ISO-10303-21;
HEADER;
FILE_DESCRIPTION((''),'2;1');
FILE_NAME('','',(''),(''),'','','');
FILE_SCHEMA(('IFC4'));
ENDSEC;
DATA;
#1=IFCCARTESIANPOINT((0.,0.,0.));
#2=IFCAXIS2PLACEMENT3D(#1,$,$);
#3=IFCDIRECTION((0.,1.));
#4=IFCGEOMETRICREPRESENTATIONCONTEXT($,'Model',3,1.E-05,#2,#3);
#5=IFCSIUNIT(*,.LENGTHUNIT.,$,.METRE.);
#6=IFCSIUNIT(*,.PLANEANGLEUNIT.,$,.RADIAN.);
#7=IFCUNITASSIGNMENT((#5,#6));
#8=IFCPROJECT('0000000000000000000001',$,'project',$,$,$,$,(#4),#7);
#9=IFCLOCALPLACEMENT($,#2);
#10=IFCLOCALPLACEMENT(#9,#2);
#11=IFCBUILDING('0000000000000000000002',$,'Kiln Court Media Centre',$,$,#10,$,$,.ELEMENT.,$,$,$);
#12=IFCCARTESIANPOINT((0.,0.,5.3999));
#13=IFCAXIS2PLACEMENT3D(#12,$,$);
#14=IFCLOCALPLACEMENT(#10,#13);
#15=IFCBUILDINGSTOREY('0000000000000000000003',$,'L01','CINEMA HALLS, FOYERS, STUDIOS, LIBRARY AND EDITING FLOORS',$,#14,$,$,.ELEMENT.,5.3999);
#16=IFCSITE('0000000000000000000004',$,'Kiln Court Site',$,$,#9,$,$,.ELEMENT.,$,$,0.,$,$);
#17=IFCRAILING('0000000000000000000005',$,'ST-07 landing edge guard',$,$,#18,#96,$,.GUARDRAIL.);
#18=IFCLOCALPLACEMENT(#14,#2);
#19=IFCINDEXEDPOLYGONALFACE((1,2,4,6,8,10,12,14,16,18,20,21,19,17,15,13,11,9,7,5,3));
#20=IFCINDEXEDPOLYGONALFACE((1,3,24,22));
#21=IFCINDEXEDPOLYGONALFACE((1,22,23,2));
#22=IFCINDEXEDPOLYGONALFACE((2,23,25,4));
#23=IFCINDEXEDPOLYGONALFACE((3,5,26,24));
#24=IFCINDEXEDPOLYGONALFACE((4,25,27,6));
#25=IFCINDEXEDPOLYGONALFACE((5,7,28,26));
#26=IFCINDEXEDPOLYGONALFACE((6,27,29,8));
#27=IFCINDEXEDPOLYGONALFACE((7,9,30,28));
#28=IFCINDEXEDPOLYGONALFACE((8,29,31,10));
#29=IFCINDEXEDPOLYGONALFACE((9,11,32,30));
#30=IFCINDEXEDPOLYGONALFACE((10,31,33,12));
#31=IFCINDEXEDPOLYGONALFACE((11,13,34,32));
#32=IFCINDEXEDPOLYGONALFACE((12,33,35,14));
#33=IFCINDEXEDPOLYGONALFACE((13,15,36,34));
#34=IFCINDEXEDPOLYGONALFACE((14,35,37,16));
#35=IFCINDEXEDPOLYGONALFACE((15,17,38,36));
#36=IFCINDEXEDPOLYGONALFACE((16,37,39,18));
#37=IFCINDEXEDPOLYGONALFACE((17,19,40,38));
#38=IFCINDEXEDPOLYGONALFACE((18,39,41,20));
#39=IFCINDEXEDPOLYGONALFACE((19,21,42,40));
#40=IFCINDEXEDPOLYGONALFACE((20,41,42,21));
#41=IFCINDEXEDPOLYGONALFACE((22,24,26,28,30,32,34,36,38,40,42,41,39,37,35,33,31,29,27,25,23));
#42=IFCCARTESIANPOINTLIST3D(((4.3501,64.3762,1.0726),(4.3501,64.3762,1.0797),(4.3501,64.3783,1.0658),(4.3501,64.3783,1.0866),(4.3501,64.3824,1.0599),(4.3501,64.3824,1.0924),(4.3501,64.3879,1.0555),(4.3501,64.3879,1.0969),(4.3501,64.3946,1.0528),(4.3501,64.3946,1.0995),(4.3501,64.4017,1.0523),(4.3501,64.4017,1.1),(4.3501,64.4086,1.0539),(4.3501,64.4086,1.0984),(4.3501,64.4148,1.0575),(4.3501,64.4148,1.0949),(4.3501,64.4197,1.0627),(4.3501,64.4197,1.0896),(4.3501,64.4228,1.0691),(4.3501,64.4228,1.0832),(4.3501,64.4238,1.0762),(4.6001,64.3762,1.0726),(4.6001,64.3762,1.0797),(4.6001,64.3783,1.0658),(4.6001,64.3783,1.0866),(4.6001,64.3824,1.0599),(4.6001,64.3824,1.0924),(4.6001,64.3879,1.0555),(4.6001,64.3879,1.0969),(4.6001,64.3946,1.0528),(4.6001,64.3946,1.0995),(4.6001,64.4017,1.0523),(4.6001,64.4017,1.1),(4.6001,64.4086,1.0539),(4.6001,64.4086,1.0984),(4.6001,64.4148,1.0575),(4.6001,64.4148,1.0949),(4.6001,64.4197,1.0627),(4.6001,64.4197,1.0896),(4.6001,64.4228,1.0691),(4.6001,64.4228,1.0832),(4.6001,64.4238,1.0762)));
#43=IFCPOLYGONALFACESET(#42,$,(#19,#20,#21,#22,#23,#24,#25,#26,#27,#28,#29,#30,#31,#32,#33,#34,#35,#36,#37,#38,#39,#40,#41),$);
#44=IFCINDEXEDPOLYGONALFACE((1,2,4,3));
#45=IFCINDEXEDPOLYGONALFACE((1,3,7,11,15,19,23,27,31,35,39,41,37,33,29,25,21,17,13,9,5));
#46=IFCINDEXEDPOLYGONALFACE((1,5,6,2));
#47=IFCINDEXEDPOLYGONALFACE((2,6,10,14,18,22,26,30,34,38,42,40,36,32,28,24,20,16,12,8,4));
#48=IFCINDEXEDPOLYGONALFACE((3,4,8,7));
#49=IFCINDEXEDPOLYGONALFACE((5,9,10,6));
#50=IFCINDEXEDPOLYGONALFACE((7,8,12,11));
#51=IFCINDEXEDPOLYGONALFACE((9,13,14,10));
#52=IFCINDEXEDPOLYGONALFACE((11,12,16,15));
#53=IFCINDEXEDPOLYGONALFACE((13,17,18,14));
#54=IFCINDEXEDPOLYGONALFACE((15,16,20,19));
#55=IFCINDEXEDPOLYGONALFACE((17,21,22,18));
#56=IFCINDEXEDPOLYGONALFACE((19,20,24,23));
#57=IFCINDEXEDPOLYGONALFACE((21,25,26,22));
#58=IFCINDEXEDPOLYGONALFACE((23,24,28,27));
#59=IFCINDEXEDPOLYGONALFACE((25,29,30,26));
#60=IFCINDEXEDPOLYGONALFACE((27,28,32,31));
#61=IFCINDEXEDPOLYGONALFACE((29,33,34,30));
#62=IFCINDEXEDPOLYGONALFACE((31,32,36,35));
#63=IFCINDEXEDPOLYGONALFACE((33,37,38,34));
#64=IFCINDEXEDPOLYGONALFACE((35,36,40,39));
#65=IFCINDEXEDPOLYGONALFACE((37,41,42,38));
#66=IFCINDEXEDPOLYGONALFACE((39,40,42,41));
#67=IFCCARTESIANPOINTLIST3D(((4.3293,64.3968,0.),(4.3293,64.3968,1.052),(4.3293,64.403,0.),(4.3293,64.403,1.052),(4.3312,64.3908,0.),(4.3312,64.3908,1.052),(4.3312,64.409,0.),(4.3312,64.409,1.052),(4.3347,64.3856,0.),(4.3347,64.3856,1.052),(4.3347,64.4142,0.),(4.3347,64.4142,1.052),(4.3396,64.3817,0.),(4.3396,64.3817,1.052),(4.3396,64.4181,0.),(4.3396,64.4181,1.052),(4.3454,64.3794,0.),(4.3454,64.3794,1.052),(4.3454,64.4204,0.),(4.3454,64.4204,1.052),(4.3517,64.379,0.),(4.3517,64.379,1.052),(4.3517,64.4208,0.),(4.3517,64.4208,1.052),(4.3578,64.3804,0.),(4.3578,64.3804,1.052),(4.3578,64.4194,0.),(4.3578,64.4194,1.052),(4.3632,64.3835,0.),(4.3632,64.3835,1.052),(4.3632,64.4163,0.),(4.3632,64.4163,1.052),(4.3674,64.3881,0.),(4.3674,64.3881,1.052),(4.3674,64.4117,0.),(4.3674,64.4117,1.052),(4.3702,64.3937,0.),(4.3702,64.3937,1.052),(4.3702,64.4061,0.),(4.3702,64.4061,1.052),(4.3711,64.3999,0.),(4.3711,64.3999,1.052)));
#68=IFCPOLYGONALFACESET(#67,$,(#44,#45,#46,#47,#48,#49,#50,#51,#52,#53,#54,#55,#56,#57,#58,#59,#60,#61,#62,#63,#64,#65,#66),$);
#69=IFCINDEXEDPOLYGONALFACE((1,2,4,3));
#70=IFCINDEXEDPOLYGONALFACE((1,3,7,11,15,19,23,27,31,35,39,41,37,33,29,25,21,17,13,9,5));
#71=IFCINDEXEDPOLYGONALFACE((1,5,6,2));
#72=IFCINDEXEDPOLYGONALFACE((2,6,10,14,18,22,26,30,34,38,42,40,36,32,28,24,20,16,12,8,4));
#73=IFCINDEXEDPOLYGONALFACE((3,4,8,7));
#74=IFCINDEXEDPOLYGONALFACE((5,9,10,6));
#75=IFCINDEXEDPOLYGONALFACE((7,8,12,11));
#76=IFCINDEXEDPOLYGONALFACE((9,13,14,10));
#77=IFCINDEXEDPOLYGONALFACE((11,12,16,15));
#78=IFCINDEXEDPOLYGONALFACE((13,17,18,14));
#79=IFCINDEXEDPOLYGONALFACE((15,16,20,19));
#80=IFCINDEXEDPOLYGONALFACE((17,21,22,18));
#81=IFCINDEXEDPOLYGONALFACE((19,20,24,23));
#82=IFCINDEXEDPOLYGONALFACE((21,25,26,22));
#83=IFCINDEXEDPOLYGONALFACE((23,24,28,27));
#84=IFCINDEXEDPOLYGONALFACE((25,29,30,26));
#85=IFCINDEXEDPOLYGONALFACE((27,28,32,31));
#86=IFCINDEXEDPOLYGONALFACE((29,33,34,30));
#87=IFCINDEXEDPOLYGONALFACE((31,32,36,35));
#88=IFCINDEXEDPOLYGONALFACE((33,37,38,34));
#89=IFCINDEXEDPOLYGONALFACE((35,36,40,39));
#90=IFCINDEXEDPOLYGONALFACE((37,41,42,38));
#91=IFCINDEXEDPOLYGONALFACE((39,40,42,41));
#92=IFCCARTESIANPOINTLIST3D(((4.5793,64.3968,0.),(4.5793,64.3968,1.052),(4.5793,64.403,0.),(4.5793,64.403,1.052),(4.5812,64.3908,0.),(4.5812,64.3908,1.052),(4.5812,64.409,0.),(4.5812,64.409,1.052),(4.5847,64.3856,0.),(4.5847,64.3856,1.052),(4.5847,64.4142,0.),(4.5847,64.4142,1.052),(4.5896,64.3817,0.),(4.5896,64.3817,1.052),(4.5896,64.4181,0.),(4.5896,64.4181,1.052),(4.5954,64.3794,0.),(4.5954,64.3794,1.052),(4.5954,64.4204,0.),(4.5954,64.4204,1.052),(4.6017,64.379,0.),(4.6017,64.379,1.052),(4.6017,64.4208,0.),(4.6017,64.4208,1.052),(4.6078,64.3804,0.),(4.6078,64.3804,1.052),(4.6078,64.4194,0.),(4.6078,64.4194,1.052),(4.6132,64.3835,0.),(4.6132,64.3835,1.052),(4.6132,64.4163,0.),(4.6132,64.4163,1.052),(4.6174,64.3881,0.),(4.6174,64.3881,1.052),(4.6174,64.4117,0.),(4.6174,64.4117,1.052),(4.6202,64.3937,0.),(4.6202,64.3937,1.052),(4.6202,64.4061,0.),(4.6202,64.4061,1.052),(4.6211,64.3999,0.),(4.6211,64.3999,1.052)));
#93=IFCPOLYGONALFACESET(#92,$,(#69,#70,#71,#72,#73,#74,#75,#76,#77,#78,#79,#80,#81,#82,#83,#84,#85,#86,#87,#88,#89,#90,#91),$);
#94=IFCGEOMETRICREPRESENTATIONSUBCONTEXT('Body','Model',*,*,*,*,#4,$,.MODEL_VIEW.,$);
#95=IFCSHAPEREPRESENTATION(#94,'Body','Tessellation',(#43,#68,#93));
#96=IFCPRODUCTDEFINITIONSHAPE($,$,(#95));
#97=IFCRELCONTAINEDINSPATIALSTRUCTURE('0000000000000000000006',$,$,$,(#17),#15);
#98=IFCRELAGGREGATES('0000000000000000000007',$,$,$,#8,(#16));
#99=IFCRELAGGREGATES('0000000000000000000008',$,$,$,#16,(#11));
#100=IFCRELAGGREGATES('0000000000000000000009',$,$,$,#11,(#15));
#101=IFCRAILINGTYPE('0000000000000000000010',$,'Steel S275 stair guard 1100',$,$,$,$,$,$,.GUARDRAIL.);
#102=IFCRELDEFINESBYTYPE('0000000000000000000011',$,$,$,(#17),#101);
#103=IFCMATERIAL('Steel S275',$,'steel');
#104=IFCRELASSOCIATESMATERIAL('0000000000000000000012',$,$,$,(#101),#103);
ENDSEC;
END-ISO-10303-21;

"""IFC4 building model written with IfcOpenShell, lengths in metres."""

from ifc_helpers import new_model, si_unit, direction, frame, origin, origin_2d, place, context, subcontext, project, spatial, circle, extrude, material, type_object, element, save


model = new_model("IFC4")

# Units and contexts
model_context = context("Model", 3, precision=1e-05, world=origin(), true_north=direction((0.0, 1.0)))
body_context = subcontext(model_context, "Body", "Model", "MODEL_VIEW")
ifc_project = project(units=[si_unit("LENGTHUNIT", "METRE"), si_unit("PLANEANGLEUNIT", "RADIAN")], contexts=[model_context])

# Site, building, storey
site_placement = place(None, origin())
site = spatial("IfcSite", under=ifc_project, at=site_placement, Name="Kiln Court Site", CompositionType="ELEMENT", RefElevation=0.0)
building_placement = place(site_placement, origin())
building = spatial("IfcBuilding", under=site, at=building_placement, Name="Kiln Court Media Centre", CompositionType="ELEMENT")
storey_placement = place(building_placement, frame((0.0, 0.0, 5.3999)))
storey = spatial("IfcBuildingStorey", under=building, at=storey_placement, Name="L01", Description="CINEMA HALLS, FOYERS, STUDIOS, LIBRARY AND EDITING FLOORS", CompositionType="ELEMENT", Elevation=5.3999)

# Railing
ifc_material_1 = material(Name="Steel S275", Category="steel")
railing_type_1 = type_object("IfcRailingType", Name="Steel S275 stair guard 1100", PredefinedType="GUARDRAIL", material=ifc_material_1)
for number, where, name in (
    (1, (4.3501, 64.3999, 0.0), "ST-07 landing edge guard"),
):
    element("IfcRailing", number, at=place(storey_placement, frame(where)), inside=storey, type_object=railing_type_1, Name=name, PredefinedType="GUARDRAIL", context=body_context, shape_type="SweptSolid", body=[
        extrude(circle(Radius=0.0239, at=origin_2d()), frame((0.0, 0.0, 1.0762), z_axis=(1.0, 0.0, 0.0), x_axis=(0.0, 1.0, 0.0)), (0.0, 0.0, 1.0), 0.25),
        extrude(circle(Radius=0.021, at=origin_2d()), origin(), (0.0, 0.0, 1.0), 1.052),
        extrude(circle(Radius=0.021, at=origin_2d()), frame((0.25, 0.0, 0.0)), (0.0, 0.0, 1.0), 1.052),
    ])

save(model, "model.ifc")
